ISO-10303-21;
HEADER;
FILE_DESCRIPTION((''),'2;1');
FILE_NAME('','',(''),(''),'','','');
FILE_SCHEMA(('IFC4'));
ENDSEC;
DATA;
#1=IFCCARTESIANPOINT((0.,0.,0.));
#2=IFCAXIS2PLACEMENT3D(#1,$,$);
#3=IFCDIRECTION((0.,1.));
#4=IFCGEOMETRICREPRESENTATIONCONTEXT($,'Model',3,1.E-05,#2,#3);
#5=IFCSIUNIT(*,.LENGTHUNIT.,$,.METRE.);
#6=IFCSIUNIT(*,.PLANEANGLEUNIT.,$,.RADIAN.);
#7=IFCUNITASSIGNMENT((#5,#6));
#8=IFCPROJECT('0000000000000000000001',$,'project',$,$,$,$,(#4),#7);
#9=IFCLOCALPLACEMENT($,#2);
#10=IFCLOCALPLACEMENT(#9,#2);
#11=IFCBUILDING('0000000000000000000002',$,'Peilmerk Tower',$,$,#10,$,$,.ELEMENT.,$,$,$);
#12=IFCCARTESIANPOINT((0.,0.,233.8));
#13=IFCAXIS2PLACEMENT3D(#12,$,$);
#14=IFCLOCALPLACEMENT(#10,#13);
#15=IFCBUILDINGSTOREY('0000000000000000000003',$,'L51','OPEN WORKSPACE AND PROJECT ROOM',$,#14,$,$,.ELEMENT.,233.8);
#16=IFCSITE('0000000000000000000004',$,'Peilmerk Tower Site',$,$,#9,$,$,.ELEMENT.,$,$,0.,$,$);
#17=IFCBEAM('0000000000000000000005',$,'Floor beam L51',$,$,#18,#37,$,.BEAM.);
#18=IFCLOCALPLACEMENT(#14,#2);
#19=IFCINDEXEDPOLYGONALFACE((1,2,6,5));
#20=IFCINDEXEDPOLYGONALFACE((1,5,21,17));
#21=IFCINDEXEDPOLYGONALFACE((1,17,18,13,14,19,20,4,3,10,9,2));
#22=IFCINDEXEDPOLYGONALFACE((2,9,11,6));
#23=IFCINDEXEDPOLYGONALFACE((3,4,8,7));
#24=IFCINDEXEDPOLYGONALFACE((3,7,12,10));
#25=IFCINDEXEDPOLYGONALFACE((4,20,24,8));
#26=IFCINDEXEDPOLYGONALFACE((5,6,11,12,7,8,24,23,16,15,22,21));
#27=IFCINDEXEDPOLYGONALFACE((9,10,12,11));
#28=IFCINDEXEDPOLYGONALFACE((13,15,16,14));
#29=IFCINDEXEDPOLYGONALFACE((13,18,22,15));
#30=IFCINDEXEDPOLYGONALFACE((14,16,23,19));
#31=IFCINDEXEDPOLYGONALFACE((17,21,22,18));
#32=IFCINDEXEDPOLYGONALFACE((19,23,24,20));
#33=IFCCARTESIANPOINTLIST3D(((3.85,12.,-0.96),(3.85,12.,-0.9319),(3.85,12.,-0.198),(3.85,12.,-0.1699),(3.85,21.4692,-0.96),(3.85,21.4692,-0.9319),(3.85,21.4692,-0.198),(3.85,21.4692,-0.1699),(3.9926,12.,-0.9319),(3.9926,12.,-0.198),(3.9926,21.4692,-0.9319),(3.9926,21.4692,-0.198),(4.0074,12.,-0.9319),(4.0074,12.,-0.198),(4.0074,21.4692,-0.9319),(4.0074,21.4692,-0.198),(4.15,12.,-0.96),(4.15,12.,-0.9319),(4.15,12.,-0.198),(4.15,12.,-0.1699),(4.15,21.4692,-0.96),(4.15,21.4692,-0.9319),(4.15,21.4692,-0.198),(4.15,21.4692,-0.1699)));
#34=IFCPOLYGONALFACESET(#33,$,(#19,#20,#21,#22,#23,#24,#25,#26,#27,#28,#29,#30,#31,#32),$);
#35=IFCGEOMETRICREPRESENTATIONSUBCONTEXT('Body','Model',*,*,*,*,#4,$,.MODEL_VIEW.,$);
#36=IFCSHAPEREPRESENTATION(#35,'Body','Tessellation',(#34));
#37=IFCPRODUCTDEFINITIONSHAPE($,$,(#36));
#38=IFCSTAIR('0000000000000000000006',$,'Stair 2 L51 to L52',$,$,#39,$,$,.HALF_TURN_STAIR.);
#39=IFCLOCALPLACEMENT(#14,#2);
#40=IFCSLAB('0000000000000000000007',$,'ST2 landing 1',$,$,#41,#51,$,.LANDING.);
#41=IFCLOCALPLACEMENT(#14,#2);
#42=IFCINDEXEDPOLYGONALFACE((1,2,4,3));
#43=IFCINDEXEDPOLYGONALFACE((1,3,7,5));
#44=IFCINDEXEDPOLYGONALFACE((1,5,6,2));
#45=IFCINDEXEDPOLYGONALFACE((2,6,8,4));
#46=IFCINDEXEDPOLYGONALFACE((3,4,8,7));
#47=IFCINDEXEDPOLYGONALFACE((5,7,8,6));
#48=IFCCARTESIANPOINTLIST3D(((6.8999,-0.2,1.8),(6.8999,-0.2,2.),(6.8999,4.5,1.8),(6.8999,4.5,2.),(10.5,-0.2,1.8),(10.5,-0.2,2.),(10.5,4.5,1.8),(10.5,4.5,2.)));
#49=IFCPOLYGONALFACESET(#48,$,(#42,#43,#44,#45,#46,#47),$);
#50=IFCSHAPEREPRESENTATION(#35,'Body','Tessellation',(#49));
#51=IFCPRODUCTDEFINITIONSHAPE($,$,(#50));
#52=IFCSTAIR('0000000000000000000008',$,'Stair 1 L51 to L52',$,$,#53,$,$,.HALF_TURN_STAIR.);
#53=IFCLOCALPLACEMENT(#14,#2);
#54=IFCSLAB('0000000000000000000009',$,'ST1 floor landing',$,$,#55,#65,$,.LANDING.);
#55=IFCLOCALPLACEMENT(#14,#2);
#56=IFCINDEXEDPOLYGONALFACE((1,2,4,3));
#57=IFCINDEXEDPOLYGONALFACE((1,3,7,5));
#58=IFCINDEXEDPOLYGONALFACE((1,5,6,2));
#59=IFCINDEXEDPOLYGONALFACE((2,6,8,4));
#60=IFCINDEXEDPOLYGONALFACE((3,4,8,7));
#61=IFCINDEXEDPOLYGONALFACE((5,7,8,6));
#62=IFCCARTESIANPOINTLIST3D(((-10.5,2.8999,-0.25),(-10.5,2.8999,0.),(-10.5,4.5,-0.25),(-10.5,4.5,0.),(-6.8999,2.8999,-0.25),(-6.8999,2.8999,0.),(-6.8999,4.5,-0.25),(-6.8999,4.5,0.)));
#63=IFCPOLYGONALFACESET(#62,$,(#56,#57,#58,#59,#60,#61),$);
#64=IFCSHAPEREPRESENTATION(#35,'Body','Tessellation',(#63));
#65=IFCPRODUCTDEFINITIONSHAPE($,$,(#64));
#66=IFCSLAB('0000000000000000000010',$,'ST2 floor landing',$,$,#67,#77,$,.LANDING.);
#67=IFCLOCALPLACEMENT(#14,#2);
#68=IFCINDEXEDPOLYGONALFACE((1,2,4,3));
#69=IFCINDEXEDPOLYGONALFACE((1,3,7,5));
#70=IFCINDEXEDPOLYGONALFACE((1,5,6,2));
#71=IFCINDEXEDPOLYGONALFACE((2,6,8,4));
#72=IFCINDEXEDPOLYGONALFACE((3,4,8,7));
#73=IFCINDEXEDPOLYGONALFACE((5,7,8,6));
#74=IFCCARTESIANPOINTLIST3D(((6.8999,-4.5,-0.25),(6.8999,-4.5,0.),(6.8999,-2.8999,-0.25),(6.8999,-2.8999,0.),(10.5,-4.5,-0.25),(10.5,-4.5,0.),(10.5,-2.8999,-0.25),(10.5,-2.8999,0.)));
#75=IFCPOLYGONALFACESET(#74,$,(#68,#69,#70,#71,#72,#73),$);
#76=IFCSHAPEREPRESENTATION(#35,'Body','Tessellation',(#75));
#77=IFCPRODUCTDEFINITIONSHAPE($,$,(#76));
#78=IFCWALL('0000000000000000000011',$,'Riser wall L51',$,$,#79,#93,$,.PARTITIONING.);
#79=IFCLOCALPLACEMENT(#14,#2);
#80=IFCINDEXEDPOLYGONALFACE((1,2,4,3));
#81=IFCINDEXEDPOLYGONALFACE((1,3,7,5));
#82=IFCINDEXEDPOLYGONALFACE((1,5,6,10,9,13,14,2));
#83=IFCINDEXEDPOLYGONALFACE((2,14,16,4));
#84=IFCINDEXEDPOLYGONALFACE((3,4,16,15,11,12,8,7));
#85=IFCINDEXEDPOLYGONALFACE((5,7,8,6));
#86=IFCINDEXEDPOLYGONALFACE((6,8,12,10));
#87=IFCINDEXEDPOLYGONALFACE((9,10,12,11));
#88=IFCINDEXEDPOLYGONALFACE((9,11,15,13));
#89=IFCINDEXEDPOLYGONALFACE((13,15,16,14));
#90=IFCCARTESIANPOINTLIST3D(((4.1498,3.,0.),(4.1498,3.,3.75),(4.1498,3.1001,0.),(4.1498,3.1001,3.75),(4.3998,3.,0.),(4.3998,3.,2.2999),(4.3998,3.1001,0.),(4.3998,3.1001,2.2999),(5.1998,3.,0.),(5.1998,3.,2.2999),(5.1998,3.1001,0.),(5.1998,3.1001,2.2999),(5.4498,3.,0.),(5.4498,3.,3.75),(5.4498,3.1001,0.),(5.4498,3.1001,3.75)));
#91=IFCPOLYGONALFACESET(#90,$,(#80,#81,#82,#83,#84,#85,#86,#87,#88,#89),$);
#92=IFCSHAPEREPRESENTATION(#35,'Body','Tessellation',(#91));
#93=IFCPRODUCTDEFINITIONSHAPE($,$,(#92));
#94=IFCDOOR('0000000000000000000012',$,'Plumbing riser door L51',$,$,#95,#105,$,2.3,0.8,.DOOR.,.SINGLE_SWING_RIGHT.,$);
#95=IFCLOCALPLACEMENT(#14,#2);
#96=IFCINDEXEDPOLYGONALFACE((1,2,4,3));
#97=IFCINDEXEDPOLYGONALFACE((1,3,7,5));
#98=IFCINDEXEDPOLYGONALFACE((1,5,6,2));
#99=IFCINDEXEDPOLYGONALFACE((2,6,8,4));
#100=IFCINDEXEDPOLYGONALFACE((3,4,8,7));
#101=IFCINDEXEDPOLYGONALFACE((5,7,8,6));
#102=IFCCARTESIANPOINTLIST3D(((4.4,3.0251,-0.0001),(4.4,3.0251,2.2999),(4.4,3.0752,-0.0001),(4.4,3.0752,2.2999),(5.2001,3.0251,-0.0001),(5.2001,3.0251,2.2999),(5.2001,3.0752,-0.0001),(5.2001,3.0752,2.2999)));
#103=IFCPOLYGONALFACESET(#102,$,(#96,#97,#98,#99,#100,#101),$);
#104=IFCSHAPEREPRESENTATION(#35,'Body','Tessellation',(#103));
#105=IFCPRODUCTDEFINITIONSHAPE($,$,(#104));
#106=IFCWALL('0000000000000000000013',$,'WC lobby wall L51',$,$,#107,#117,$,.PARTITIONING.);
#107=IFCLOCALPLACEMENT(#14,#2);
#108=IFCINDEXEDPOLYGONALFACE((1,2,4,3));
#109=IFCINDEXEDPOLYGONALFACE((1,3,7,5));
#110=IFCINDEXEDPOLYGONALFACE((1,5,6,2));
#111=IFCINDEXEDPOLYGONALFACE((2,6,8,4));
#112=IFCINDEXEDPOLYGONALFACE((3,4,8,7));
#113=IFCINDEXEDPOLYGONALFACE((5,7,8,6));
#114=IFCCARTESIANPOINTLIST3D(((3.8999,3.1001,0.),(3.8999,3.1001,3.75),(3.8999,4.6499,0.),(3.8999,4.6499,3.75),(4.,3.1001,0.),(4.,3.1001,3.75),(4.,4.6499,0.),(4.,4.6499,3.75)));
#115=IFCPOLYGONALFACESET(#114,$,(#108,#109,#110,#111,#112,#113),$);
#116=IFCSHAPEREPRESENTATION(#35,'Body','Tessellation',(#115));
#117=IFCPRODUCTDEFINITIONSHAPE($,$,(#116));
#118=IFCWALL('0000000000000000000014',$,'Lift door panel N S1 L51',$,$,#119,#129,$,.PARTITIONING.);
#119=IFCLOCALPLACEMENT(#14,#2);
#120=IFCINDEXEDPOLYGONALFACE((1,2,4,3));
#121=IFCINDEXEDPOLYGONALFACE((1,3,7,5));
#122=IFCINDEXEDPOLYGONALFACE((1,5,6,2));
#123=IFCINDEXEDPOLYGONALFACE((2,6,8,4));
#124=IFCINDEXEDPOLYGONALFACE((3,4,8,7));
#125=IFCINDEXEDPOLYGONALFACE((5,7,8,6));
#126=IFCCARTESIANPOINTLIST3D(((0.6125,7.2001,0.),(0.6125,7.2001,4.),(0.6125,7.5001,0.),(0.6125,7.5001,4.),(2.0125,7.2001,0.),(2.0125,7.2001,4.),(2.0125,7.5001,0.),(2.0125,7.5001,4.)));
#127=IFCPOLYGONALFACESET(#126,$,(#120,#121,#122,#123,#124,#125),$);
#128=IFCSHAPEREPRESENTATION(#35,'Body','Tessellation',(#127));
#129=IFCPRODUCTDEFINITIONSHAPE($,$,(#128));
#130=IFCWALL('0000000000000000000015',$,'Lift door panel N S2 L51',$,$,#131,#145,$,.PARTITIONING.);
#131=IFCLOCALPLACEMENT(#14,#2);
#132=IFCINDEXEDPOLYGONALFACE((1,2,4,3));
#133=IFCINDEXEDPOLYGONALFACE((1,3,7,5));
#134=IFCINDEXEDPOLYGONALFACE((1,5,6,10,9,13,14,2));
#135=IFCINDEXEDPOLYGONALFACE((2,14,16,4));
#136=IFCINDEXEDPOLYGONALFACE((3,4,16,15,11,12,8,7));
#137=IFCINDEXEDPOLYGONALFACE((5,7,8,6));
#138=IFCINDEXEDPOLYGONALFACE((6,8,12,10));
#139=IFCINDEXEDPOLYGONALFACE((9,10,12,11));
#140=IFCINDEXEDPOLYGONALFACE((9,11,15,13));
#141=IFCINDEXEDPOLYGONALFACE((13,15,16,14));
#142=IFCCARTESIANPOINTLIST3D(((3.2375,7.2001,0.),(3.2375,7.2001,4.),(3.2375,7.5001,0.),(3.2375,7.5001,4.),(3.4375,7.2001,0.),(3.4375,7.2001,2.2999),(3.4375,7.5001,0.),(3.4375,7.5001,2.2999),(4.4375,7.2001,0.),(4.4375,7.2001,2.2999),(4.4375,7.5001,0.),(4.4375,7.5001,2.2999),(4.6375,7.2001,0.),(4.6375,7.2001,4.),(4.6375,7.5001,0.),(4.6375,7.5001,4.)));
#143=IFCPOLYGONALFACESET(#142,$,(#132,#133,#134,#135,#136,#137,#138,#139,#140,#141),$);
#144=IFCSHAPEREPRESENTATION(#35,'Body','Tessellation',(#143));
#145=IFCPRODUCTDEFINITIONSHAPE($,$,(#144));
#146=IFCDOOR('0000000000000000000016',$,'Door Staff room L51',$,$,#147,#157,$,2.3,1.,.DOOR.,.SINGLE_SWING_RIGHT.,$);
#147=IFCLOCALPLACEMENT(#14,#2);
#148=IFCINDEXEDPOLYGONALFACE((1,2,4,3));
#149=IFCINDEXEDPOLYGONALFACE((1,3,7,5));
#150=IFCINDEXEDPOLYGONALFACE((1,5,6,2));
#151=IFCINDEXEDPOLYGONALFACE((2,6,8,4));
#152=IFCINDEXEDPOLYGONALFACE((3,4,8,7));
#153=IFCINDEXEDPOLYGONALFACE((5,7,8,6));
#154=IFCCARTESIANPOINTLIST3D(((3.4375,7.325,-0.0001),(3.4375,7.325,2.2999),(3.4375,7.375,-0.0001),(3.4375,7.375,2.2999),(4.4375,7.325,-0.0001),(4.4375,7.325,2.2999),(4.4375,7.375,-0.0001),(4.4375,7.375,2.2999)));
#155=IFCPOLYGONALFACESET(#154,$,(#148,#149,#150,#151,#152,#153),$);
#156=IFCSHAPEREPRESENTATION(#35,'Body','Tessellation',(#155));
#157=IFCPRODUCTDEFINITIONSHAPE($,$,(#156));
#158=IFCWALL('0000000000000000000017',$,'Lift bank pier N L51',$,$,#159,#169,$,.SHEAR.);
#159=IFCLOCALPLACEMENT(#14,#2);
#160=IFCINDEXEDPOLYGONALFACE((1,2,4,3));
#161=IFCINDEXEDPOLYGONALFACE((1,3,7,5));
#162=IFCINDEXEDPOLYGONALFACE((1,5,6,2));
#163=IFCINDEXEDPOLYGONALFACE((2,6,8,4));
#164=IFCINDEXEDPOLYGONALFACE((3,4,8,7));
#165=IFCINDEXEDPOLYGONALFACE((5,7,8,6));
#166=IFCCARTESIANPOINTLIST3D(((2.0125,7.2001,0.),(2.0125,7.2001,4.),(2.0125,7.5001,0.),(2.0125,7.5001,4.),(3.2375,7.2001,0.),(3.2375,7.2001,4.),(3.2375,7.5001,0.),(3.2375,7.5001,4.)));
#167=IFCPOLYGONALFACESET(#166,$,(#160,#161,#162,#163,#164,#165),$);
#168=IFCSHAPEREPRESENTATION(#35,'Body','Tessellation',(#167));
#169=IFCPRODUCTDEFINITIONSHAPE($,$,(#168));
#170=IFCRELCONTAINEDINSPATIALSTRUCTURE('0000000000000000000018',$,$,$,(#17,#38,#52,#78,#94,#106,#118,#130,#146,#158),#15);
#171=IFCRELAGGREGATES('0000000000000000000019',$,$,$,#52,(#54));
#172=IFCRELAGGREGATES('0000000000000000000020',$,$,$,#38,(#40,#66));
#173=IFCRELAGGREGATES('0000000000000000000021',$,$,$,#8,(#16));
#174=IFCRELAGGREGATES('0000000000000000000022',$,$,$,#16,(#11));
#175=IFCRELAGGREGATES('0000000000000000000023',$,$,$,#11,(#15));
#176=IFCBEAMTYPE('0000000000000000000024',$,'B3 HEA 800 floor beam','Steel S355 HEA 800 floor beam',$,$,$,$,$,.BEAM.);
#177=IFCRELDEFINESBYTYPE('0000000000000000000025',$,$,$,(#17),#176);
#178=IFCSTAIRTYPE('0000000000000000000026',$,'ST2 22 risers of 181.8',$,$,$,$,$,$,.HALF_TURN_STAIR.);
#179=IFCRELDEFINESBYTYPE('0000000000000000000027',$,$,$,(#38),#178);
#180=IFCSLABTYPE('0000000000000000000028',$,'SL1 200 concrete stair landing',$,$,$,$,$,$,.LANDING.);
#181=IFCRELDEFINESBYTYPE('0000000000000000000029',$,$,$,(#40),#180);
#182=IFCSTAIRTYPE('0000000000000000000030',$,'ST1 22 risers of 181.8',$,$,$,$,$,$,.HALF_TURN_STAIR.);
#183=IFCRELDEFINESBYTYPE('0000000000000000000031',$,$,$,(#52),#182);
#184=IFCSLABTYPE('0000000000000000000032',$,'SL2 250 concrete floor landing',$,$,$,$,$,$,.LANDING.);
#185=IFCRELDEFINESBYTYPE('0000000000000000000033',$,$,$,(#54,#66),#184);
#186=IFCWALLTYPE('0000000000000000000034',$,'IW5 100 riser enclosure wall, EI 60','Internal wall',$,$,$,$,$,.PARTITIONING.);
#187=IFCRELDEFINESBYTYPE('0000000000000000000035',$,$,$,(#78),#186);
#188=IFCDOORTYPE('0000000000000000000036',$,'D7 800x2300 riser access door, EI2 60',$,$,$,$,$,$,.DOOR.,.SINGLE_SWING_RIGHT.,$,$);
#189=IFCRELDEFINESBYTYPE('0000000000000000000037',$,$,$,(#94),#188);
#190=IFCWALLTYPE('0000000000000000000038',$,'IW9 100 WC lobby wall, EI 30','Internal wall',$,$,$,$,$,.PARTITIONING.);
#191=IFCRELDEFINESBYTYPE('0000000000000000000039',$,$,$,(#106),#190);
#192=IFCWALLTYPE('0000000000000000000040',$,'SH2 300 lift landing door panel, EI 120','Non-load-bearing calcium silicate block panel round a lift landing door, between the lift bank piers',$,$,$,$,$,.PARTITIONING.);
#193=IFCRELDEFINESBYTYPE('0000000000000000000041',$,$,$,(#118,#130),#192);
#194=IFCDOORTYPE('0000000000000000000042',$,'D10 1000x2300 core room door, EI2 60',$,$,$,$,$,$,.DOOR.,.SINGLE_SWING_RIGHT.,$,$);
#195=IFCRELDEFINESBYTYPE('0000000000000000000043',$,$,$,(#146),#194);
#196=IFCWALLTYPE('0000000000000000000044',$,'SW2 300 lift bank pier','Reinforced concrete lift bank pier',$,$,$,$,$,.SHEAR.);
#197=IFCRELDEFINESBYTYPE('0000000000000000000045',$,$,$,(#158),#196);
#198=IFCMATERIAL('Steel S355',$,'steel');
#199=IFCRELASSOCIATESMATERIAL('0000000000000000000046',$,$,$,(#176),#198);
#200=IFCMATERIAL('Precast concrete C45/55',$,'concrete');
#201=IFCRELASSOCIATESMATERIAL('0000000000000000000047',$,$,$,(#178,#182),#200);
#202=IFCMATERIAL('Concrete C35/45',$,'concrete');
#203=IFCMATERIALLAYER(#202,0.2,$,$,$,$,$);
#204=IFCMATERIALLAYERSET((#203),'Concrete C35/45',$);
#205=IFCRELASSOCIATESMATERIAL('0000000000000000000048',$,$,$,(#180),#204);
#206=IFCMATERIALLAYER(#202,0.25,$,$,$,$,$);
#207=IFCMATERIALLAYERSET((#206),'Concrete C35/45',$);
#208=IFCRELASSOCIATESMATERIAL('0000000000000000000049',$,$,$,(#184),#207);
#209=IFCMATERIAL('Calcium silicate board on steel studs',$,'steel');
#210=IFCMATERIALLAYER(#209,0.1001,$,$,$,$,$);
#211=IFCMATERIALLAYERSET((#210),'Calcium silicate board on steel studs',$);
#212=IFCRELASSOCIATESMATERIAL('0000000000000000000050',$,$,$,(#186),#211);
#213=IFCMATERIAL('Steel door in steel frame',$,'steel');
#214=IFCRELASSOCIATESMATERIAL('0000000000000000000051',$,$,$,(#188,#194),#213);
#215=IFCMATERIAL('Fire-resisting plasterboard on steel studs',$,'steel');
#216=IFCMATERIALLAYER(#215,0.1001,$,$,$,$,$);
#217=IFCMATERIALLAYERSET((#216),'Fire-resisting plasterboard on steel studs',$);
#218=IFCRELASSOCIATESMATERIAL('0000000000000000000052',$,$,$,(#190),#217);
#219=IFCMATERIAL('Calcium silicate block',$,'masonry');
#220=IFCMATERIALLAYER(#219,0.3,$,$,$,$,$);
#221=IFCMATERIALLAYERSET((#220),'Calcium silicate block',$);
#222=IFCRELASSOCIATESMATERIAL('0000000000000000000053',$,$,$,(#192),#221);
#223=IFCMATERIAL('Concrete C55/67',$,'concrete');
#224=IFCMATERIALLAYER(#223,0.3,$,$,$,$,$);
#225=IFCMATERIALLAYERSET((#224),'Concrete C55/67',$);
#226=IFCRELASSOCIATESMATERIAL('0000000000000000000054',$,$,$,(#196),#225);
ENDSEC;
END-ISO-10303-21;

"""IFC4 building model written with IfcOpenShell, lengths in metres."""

from ifc_helpers import new_model, si_unit, direction, frame, frame_2d, origin, origin_2d, place, context, subcontext, project, spatial, polyline, rectangle, i_section, outline, extrude, material, layer, layer_set, material_profile, profile_set, type_object, element, fill, aggregate, save


model = new_model("IFC4")

# Units and contexts
model_context = context("Model", 3, precision=1e-05, world=origin(), true_north=direction((0.0, 1.0)))
body_context = subcontext(model_context, "Body", "Model", "MODEL_VIEW")
ifc_project = project(units=[si_unit("LENGTHUNIT", "METRE"), si_unit("PLANEANGLEUNIT", "RADIAN")], contexts=[model_context])

# Site, building, storey
site_placement = place(None, origin())
site = spatial("IfcSite", under=ifc_project, at=site_placement, Name="Peilmerk Tower Site", CompositionType="ELEMENT", RefElevation=0.0)
building_placement = place(site_placement, origin())
building = spatial("IfcBuilding", under=site, at=building_placement, Name="Peilmerk Tower", CompositionType="ELEMENT")
storey_placement = place(building_placement, frame((0.0, 0.0, 233.8)))
storey = spatial("IfcBuildingStorey", under=building, at=storey_placement, Name="L51", Description="OPEN WORKSPACE AND PROJECT ROOM", CompositionType="ELEMENT", Elevation=233.8)

# Beam
ifc_material_1 = material(Name="Steel S355", Category="steel")
ifc_material_profile = material_profile(ifc_material_1, i_section(OverallWidth=0.3, OverallDepth=0.79, WebThickness=0.0149, FlangeThickness=0.0281, at=origin_2d()), Name="HEA 800")
ifc_profile_set = profile_set([ifc_material_profile], Name="Steel S355")
beam_type = type_object("IfcBeamType", Name="B3 HEA 800 floor beam", Description="Steel S355 HEA 800 floor beam", PredefinedType="BEAM", material=ifc_profile_set)
beam_placement = place(storey_placement, frame((4.0, 12.0, -0.5649), z_axis=(0.0, 1.0, 0.0), x_axis=(-1.0, 0.0, 0.0)))
element("IfcBeam", 1, at=beam_placement, inside=storey, type_object=beam_type, Name="Floor beam L51", PredefinedType="BEAM", context=body_context, shape_type="SweptSolid", body=[
    extrude(i_section(OverallWidth=0.3, OverallDepth=0.79, WebThickness=0.0149, FlangeThickness=0.0281, at=origin_2d()), origin(), (0.0, 0.0, 1.0), 9.4692),
])

# Stairs, slabs
ifc_material_2 = material(Name="Precast concrete C45/55", Category="concrete")
stair_type_1 = type_object("IfcStairType", Name="ST2 22 risers of 181.8", PredefinedType="HALF_TURN_STAIR", material=ifc_material_2)
stair_1_placement = place(storey_placement, origin())
stair_1 = element("IfcStair", 2, at=stair_1_placement, inside=storey, type_object=stair_type_1, Name="Stair 2 L51 to L52", PredefinedType="HALF_TURN_STAIR")
ifc_material_3 = material(Name="Concrete C35/45", Category="concrete")
ifc_layer_1 = layer(ifc_material_3, 0.2)
ifc_layer_set_1 = layer_set([ifc_layer_1], Name="Concrete C35/45")
slab_type_1 = type_object("IfcSlabType", Name="SL1 200 concrete stair landing", PredefinedType="LANDING", material=ifc_layer_set_1)
slab_1_placement = place(storey_placement, frame((0.0, 0.0, 1.8)))
slab_1 = element("IfcSlab", 3, at=slab_1_placement, type_object=slab_type_1, Name="ST2 landing 1", PredefinedType="LANDING", context=body_context, shape_type="SweptSolid", body=[
    extrude(outline(polyline([(6.8999, -0.2), (10.5, -0.2), (10.5, 4.5), (6.8999, 4.5), (6.8999, -0.2)])), origin(), (0.0, 0.0, 1.0), 0.2),
])
stair_type_2 = type_object("IfcStairType", Name="ST1 22 risers of 181.8", PredefinedType="HALF_TURN_STAIR", material=ifc_material_2)
stair_2_placement = place(storey_placement, origin())
stair_2 = element("IfcStair", 4, at=stair_2_placement, inside=storey, type_object=stair_type_2, Name="Stair 1 L51 to L52", PredefinedType="HALF_TURN_STAIR")
ifc_layer_2 = layer(ifc_material_3, 0.25)
ifc_layer_set_2 = layer_set([ifc_layer_2], Name="Concrete C35/45")
slab_type_2 = type_object("IfcSlabType", Name="SL2 250 concrete floor landing", PredefinedType="LANDING", material=ifc_layer_set_2)
slab_2_placement = place(storey_placement, frame((0.0, 0.0, -0.25)))
slab_2 = element("IfcSlab", 5, at=slab_2_placement, type_object=slab_type_2, Name="ST1 floor landing", PredefinedType="LANDING", context=body_context, shape_type="SweptSolid", body=[
    extrude(outline(polyline([(-10.5, 2.8999), (-6.8999, 2.8999), (-6.8999, 4.5), (-10.5, 4.5), (-10.5, 2.8999)])), origin(), (0.0, 0.0, 1.0), 0.25),
])
aggregate(stair_2, [slab_2])

# Slab
slab_3_placement = place(storey_placement, frame((0.0, 0.0, -0.25)))
slab_3 = element("IfcSlab", 6, at=slab_3_placement, type_object=slab_type_2, Name="ST2 floor landing", PredefinedType="LANDING", context=body_context, shape_type="SweptSolid", body=[
    extrude(outline(polyline([(6.8999, -4.5), (10.5, -4.5), (10.5, -2.8999), (6.8999, -2.8999), (6.8999, -4.5)])), origin(), (0.0, 0.0, 1.0), 0.25),
])
aggregate(stair_1, [slab_1, slab_3])

# Wall, opening, door
ifc_material_4 = material(Name="Calcium silicate board on steel studs", Category="steel")
ifc_layer_3 = layer(ifc_material_4, 0.1001)
ifc_layer_set_3 = layer_set([ifc_layer_3], Name="Calcium silicate board on steel studs")
wall_type_1 = type_object("IfcWallType", Name="IW5 100 riser enclosure wall, EI 60", Description="Internal wall", PredefinedType="PARTITIONING", material=ifc_layer_set_3)
wall_1_placement = place(storey_placement, frame((4.1499, 3.05, 0.0), z_axis=(0.0, 0.0, 1.0), x_axis=(1.0, 0.0, 0.0)))
wall_1 = element("IfcWall", 7, at=wall_1_placement, inside=storey, type_object=wall_type_1, Name="Riser wall L51", PredefinedType="PARTITIONING", context=body_context, shape_type="SweptSolid", body=[
    extrude(rectangle(XDim=1.3, YDim=0.1001, at=frame_2d((0.6499, 0.0))), origin(), (0.0, 0.0, 1.0), 3.75),
])
opening_1_placement = place(wall_1_placement, frame((0.25, 0.0, 0.0)))
opening_1 = element("IfcOpeningElement", 8, at=opening_1_placement, cuts=wall_1, PredefinedType="OPENING", context=body_context, shape_type="SweptSolid", body=[
    extrude(rectangle(XDim=0.8, YDim=2.3, at=frame_2d((0.3999, 1.1499))), frame((0.0, 0.0601, 0.0), z_axis=(0.0, -1.0, 0.0), x_axis=(1.0, 0.0, 0.0)), (0.0, 0.0, 1.0), 0.1201),
])
ifc_material_5 = material(Name="Steel door in steel frame", Category="steel")
door_type_1 = type_object("IfcDoorType", Name="D7 800x2300 riser access door, EI2 60", OperationType="SINGLE_SWING_RIGHT", PredefinedType="DOOR", material=ifc_material_5)
door_1_placement = place(opening_1_placement, frame((0.8, 0.0, 0.0), z_axis=(0.0, 0.0, 1.0), x_axis=(-1.0, 0.0, 0.0)))
door_1 = element("IfcDoor", 9, at=door_1_placement, inside=storey, type_object=door_type_1, Name="Plumbing riser door L51", OperationType="SINGLE_SWING_RIGHT", OverallHeight=2.3, OverallWidth=0.8, PredefinedType="DOOR", context=body_context, shape_type="SweptSolid", body=[
    extrude(rectangle(XDim=0.8, YDim=2.3, at=frame_2d((0.3999, 1.1499))), frame((0.0, 0.0249, 0.0), z_axis=(0.0, -1.0, 0.0), x_axis=(1.0, 0.0, 0.0)), (0.0, 0.0, 1.0), 0.05),
])
fill(opening_1, door_1)

# Walls
ifc_material_6 = material(Name="Fire-resisting plasterboard on steel studs", Category="steel")
ifc_layer_4 = layer(ifc_material_6, 0.1001)
ifc_layer_set_4 = layer_set([ifc_layer_4], Name="Fire-resisting plasterboard on steel studs")
wall_type_2 = type_object("IfcWallType", Name="IW9 100 WC lobby wall, EI 30", Description="Internal wall", PredefinedType="PARTITIONING", material=ifc_layer_set_4)
wall_2_placement = place(storey_placement, frame((3.95, 3.1001, 0.0), z_axis=(0.0, 0.0, 1.0), x_axis=(0.0, 1.0, 0.0)))
element("IfcWall", 10, at=wall_2_placement, inside=storey, type_object=wall_type_2, Name="WC lobby wall L51", PredefinedType="PARTITIONING", context=body_context, shape_type="SweptSolid", body=[
    extrude(rectangle(XDim=1.5498, YDim=0.1001, at=frame_2d((0.7749, 0.0))), origin(), (0.0, 0.0, 1.0), 3.75),
])
ifc_material_7 = material(Name="Calcium silicate block", Category="masonry")
ifc_layer_5 = layer(ifc_material_7, 0.3)
ifc_layer_set_5 = layer_set([ifc_layer_5], Name="Calcium silicate block")
wall_type_3 = type_object("IfcWallType", Name="SH2 300 lift landing door panel, EI 120", Description="Non-load-bearing calcium silicate block panel round a lift landing door, between the lift bank piers", PredefinedType="PARTITIONING", material=ifc_layer_set_5)
wall_3_placement = place(storey_placement, frame((0.6125, 7.3501, 0.0), z_axis=(0.0, 0.0, 1.0), x_axis=(1.0, 0.0, 0.0)))
element("IfcWall", 11, at=wall_3_placement, inside=storey, type_object=wall_type_3, Name="Lift door panel N S1 L51", PredefinedType="PARTITIONING", context=body_context, shape_type="SweptSolid", body=[
    extrude(rectangle(XDim=1.3999, YDim=0.3, at=frame_2d((0.7, 0.0))), origin(), (0.0, 0.0, 1.0), 4.0),
])

# Wall, opening, door
wall_4_placement = place(storey_placement, frame((3.2375, 7.3501, 0.0), z_axis=(0.0, 0.0, 1.0), x_axis=(1.0, 0.0, 0.0)))
wall_4 = element("IfcWall", 12, at=wall_4_placement, inside=storey, type_object=wall_type_3, Name="Lift door panel N S2 L51", PredefinedType="PARTITIONING", context=body_context, shape_type="SweptSolid", body=[
    extrude(rectangle(XDim=1.3999, YDim=0.3, at=frame_2d((0.7, 0.0))), origin(), (0.0, 0.0, 1.0), 4.0),
])
opening_2_placement = place(wall_4_placement, frame((0.2, 0.0, 0.0)))
opening_2 = element("IfcOpeningElement", 13, at=opening_2_placement, cuts=wall_4, PredefinedType="OPENING", context=body_context, shape_type="SweptSolid", body=[
    extrude(rectangle(XDim=1.0, YDim=2.3, at=frame_2d((0.5, 1.1499))), frame((0.0, 0.1599, 0.0), z_axis=(0.0, -1.0, 0.0), x_axis=(1.0, 0.0, 0.0)), (0.0, 0.0, 1.0), 0.3201),
])
door_type_2 = type_object("IfcDoorType", Name="D10 1000x2300 core room door, EI2 60", OperationType="SINGLE_SWING_RIGHT", PredefinedType="DOOR", material=ifc_material_5)
door_2_placement = place(opening_2_placement, origin())
door_2 = element("IfcDoor", 14, at=door_2_placement, inside=storey, type_object=door_type_2, Name="Door Staff room L51", OperationType="SINGLE_SWING_RIGHT", OverallHeight=2.3, OverallWidth=1.0, PredefinedType="DOOR", context=body_context, shape_type="SweptSolid", body=[
    extrude(rectangle(XDim=1.0, YDim=2.3, at=frame_2d((0.5, 1.1499))), frame((0.0, 0.0249, 0.0), z_axis=(0.0, -1.0, 0.0), x_axis=(1.0, 0.0, 0.0)), (0.0, 0.0, 1.0), 0.05),
])
fill(opening_2, door_2)

# Wall
ifc_material_8 = material(Name="Concrete C55/67", Category="concrete")
ifc_layer_6 = layer(ifc_material_8, 0.3)
ifc_layer_set_6 = layer_set([ifc_layer_6], Name="Concrete C55/67")
wall_type_4 = type_object("IfcWallType", Name="SW2 300 lift bank pier", Description="Reinforced concrete lift bank pier", PredefinedType="SHEAR", material=ifc_layer_set_6)
wall_5_placement = place(storey_placement, frame((2.0125, 7.3501, 0.0), z_axis=(0.0, 0.0, 1.0), x_axis=(1.0, 0.0, 0.0)))
element("IfcWall", 15, at=wall_5_placement, inside=storey, type_object=wall_type_4, Name="Lift bank pier N L51", PredefinedType="SHEAR", context=body_context, shape_type="SweptSolid", body=[
    extrude(rectangle(XDim=1.2251, YDim=0.3, at=frame_2d((0.6125, 0.0))), origin(), (0.0, 0.0, 1.0), 4.0),
])

save(model, "model.ifc")
